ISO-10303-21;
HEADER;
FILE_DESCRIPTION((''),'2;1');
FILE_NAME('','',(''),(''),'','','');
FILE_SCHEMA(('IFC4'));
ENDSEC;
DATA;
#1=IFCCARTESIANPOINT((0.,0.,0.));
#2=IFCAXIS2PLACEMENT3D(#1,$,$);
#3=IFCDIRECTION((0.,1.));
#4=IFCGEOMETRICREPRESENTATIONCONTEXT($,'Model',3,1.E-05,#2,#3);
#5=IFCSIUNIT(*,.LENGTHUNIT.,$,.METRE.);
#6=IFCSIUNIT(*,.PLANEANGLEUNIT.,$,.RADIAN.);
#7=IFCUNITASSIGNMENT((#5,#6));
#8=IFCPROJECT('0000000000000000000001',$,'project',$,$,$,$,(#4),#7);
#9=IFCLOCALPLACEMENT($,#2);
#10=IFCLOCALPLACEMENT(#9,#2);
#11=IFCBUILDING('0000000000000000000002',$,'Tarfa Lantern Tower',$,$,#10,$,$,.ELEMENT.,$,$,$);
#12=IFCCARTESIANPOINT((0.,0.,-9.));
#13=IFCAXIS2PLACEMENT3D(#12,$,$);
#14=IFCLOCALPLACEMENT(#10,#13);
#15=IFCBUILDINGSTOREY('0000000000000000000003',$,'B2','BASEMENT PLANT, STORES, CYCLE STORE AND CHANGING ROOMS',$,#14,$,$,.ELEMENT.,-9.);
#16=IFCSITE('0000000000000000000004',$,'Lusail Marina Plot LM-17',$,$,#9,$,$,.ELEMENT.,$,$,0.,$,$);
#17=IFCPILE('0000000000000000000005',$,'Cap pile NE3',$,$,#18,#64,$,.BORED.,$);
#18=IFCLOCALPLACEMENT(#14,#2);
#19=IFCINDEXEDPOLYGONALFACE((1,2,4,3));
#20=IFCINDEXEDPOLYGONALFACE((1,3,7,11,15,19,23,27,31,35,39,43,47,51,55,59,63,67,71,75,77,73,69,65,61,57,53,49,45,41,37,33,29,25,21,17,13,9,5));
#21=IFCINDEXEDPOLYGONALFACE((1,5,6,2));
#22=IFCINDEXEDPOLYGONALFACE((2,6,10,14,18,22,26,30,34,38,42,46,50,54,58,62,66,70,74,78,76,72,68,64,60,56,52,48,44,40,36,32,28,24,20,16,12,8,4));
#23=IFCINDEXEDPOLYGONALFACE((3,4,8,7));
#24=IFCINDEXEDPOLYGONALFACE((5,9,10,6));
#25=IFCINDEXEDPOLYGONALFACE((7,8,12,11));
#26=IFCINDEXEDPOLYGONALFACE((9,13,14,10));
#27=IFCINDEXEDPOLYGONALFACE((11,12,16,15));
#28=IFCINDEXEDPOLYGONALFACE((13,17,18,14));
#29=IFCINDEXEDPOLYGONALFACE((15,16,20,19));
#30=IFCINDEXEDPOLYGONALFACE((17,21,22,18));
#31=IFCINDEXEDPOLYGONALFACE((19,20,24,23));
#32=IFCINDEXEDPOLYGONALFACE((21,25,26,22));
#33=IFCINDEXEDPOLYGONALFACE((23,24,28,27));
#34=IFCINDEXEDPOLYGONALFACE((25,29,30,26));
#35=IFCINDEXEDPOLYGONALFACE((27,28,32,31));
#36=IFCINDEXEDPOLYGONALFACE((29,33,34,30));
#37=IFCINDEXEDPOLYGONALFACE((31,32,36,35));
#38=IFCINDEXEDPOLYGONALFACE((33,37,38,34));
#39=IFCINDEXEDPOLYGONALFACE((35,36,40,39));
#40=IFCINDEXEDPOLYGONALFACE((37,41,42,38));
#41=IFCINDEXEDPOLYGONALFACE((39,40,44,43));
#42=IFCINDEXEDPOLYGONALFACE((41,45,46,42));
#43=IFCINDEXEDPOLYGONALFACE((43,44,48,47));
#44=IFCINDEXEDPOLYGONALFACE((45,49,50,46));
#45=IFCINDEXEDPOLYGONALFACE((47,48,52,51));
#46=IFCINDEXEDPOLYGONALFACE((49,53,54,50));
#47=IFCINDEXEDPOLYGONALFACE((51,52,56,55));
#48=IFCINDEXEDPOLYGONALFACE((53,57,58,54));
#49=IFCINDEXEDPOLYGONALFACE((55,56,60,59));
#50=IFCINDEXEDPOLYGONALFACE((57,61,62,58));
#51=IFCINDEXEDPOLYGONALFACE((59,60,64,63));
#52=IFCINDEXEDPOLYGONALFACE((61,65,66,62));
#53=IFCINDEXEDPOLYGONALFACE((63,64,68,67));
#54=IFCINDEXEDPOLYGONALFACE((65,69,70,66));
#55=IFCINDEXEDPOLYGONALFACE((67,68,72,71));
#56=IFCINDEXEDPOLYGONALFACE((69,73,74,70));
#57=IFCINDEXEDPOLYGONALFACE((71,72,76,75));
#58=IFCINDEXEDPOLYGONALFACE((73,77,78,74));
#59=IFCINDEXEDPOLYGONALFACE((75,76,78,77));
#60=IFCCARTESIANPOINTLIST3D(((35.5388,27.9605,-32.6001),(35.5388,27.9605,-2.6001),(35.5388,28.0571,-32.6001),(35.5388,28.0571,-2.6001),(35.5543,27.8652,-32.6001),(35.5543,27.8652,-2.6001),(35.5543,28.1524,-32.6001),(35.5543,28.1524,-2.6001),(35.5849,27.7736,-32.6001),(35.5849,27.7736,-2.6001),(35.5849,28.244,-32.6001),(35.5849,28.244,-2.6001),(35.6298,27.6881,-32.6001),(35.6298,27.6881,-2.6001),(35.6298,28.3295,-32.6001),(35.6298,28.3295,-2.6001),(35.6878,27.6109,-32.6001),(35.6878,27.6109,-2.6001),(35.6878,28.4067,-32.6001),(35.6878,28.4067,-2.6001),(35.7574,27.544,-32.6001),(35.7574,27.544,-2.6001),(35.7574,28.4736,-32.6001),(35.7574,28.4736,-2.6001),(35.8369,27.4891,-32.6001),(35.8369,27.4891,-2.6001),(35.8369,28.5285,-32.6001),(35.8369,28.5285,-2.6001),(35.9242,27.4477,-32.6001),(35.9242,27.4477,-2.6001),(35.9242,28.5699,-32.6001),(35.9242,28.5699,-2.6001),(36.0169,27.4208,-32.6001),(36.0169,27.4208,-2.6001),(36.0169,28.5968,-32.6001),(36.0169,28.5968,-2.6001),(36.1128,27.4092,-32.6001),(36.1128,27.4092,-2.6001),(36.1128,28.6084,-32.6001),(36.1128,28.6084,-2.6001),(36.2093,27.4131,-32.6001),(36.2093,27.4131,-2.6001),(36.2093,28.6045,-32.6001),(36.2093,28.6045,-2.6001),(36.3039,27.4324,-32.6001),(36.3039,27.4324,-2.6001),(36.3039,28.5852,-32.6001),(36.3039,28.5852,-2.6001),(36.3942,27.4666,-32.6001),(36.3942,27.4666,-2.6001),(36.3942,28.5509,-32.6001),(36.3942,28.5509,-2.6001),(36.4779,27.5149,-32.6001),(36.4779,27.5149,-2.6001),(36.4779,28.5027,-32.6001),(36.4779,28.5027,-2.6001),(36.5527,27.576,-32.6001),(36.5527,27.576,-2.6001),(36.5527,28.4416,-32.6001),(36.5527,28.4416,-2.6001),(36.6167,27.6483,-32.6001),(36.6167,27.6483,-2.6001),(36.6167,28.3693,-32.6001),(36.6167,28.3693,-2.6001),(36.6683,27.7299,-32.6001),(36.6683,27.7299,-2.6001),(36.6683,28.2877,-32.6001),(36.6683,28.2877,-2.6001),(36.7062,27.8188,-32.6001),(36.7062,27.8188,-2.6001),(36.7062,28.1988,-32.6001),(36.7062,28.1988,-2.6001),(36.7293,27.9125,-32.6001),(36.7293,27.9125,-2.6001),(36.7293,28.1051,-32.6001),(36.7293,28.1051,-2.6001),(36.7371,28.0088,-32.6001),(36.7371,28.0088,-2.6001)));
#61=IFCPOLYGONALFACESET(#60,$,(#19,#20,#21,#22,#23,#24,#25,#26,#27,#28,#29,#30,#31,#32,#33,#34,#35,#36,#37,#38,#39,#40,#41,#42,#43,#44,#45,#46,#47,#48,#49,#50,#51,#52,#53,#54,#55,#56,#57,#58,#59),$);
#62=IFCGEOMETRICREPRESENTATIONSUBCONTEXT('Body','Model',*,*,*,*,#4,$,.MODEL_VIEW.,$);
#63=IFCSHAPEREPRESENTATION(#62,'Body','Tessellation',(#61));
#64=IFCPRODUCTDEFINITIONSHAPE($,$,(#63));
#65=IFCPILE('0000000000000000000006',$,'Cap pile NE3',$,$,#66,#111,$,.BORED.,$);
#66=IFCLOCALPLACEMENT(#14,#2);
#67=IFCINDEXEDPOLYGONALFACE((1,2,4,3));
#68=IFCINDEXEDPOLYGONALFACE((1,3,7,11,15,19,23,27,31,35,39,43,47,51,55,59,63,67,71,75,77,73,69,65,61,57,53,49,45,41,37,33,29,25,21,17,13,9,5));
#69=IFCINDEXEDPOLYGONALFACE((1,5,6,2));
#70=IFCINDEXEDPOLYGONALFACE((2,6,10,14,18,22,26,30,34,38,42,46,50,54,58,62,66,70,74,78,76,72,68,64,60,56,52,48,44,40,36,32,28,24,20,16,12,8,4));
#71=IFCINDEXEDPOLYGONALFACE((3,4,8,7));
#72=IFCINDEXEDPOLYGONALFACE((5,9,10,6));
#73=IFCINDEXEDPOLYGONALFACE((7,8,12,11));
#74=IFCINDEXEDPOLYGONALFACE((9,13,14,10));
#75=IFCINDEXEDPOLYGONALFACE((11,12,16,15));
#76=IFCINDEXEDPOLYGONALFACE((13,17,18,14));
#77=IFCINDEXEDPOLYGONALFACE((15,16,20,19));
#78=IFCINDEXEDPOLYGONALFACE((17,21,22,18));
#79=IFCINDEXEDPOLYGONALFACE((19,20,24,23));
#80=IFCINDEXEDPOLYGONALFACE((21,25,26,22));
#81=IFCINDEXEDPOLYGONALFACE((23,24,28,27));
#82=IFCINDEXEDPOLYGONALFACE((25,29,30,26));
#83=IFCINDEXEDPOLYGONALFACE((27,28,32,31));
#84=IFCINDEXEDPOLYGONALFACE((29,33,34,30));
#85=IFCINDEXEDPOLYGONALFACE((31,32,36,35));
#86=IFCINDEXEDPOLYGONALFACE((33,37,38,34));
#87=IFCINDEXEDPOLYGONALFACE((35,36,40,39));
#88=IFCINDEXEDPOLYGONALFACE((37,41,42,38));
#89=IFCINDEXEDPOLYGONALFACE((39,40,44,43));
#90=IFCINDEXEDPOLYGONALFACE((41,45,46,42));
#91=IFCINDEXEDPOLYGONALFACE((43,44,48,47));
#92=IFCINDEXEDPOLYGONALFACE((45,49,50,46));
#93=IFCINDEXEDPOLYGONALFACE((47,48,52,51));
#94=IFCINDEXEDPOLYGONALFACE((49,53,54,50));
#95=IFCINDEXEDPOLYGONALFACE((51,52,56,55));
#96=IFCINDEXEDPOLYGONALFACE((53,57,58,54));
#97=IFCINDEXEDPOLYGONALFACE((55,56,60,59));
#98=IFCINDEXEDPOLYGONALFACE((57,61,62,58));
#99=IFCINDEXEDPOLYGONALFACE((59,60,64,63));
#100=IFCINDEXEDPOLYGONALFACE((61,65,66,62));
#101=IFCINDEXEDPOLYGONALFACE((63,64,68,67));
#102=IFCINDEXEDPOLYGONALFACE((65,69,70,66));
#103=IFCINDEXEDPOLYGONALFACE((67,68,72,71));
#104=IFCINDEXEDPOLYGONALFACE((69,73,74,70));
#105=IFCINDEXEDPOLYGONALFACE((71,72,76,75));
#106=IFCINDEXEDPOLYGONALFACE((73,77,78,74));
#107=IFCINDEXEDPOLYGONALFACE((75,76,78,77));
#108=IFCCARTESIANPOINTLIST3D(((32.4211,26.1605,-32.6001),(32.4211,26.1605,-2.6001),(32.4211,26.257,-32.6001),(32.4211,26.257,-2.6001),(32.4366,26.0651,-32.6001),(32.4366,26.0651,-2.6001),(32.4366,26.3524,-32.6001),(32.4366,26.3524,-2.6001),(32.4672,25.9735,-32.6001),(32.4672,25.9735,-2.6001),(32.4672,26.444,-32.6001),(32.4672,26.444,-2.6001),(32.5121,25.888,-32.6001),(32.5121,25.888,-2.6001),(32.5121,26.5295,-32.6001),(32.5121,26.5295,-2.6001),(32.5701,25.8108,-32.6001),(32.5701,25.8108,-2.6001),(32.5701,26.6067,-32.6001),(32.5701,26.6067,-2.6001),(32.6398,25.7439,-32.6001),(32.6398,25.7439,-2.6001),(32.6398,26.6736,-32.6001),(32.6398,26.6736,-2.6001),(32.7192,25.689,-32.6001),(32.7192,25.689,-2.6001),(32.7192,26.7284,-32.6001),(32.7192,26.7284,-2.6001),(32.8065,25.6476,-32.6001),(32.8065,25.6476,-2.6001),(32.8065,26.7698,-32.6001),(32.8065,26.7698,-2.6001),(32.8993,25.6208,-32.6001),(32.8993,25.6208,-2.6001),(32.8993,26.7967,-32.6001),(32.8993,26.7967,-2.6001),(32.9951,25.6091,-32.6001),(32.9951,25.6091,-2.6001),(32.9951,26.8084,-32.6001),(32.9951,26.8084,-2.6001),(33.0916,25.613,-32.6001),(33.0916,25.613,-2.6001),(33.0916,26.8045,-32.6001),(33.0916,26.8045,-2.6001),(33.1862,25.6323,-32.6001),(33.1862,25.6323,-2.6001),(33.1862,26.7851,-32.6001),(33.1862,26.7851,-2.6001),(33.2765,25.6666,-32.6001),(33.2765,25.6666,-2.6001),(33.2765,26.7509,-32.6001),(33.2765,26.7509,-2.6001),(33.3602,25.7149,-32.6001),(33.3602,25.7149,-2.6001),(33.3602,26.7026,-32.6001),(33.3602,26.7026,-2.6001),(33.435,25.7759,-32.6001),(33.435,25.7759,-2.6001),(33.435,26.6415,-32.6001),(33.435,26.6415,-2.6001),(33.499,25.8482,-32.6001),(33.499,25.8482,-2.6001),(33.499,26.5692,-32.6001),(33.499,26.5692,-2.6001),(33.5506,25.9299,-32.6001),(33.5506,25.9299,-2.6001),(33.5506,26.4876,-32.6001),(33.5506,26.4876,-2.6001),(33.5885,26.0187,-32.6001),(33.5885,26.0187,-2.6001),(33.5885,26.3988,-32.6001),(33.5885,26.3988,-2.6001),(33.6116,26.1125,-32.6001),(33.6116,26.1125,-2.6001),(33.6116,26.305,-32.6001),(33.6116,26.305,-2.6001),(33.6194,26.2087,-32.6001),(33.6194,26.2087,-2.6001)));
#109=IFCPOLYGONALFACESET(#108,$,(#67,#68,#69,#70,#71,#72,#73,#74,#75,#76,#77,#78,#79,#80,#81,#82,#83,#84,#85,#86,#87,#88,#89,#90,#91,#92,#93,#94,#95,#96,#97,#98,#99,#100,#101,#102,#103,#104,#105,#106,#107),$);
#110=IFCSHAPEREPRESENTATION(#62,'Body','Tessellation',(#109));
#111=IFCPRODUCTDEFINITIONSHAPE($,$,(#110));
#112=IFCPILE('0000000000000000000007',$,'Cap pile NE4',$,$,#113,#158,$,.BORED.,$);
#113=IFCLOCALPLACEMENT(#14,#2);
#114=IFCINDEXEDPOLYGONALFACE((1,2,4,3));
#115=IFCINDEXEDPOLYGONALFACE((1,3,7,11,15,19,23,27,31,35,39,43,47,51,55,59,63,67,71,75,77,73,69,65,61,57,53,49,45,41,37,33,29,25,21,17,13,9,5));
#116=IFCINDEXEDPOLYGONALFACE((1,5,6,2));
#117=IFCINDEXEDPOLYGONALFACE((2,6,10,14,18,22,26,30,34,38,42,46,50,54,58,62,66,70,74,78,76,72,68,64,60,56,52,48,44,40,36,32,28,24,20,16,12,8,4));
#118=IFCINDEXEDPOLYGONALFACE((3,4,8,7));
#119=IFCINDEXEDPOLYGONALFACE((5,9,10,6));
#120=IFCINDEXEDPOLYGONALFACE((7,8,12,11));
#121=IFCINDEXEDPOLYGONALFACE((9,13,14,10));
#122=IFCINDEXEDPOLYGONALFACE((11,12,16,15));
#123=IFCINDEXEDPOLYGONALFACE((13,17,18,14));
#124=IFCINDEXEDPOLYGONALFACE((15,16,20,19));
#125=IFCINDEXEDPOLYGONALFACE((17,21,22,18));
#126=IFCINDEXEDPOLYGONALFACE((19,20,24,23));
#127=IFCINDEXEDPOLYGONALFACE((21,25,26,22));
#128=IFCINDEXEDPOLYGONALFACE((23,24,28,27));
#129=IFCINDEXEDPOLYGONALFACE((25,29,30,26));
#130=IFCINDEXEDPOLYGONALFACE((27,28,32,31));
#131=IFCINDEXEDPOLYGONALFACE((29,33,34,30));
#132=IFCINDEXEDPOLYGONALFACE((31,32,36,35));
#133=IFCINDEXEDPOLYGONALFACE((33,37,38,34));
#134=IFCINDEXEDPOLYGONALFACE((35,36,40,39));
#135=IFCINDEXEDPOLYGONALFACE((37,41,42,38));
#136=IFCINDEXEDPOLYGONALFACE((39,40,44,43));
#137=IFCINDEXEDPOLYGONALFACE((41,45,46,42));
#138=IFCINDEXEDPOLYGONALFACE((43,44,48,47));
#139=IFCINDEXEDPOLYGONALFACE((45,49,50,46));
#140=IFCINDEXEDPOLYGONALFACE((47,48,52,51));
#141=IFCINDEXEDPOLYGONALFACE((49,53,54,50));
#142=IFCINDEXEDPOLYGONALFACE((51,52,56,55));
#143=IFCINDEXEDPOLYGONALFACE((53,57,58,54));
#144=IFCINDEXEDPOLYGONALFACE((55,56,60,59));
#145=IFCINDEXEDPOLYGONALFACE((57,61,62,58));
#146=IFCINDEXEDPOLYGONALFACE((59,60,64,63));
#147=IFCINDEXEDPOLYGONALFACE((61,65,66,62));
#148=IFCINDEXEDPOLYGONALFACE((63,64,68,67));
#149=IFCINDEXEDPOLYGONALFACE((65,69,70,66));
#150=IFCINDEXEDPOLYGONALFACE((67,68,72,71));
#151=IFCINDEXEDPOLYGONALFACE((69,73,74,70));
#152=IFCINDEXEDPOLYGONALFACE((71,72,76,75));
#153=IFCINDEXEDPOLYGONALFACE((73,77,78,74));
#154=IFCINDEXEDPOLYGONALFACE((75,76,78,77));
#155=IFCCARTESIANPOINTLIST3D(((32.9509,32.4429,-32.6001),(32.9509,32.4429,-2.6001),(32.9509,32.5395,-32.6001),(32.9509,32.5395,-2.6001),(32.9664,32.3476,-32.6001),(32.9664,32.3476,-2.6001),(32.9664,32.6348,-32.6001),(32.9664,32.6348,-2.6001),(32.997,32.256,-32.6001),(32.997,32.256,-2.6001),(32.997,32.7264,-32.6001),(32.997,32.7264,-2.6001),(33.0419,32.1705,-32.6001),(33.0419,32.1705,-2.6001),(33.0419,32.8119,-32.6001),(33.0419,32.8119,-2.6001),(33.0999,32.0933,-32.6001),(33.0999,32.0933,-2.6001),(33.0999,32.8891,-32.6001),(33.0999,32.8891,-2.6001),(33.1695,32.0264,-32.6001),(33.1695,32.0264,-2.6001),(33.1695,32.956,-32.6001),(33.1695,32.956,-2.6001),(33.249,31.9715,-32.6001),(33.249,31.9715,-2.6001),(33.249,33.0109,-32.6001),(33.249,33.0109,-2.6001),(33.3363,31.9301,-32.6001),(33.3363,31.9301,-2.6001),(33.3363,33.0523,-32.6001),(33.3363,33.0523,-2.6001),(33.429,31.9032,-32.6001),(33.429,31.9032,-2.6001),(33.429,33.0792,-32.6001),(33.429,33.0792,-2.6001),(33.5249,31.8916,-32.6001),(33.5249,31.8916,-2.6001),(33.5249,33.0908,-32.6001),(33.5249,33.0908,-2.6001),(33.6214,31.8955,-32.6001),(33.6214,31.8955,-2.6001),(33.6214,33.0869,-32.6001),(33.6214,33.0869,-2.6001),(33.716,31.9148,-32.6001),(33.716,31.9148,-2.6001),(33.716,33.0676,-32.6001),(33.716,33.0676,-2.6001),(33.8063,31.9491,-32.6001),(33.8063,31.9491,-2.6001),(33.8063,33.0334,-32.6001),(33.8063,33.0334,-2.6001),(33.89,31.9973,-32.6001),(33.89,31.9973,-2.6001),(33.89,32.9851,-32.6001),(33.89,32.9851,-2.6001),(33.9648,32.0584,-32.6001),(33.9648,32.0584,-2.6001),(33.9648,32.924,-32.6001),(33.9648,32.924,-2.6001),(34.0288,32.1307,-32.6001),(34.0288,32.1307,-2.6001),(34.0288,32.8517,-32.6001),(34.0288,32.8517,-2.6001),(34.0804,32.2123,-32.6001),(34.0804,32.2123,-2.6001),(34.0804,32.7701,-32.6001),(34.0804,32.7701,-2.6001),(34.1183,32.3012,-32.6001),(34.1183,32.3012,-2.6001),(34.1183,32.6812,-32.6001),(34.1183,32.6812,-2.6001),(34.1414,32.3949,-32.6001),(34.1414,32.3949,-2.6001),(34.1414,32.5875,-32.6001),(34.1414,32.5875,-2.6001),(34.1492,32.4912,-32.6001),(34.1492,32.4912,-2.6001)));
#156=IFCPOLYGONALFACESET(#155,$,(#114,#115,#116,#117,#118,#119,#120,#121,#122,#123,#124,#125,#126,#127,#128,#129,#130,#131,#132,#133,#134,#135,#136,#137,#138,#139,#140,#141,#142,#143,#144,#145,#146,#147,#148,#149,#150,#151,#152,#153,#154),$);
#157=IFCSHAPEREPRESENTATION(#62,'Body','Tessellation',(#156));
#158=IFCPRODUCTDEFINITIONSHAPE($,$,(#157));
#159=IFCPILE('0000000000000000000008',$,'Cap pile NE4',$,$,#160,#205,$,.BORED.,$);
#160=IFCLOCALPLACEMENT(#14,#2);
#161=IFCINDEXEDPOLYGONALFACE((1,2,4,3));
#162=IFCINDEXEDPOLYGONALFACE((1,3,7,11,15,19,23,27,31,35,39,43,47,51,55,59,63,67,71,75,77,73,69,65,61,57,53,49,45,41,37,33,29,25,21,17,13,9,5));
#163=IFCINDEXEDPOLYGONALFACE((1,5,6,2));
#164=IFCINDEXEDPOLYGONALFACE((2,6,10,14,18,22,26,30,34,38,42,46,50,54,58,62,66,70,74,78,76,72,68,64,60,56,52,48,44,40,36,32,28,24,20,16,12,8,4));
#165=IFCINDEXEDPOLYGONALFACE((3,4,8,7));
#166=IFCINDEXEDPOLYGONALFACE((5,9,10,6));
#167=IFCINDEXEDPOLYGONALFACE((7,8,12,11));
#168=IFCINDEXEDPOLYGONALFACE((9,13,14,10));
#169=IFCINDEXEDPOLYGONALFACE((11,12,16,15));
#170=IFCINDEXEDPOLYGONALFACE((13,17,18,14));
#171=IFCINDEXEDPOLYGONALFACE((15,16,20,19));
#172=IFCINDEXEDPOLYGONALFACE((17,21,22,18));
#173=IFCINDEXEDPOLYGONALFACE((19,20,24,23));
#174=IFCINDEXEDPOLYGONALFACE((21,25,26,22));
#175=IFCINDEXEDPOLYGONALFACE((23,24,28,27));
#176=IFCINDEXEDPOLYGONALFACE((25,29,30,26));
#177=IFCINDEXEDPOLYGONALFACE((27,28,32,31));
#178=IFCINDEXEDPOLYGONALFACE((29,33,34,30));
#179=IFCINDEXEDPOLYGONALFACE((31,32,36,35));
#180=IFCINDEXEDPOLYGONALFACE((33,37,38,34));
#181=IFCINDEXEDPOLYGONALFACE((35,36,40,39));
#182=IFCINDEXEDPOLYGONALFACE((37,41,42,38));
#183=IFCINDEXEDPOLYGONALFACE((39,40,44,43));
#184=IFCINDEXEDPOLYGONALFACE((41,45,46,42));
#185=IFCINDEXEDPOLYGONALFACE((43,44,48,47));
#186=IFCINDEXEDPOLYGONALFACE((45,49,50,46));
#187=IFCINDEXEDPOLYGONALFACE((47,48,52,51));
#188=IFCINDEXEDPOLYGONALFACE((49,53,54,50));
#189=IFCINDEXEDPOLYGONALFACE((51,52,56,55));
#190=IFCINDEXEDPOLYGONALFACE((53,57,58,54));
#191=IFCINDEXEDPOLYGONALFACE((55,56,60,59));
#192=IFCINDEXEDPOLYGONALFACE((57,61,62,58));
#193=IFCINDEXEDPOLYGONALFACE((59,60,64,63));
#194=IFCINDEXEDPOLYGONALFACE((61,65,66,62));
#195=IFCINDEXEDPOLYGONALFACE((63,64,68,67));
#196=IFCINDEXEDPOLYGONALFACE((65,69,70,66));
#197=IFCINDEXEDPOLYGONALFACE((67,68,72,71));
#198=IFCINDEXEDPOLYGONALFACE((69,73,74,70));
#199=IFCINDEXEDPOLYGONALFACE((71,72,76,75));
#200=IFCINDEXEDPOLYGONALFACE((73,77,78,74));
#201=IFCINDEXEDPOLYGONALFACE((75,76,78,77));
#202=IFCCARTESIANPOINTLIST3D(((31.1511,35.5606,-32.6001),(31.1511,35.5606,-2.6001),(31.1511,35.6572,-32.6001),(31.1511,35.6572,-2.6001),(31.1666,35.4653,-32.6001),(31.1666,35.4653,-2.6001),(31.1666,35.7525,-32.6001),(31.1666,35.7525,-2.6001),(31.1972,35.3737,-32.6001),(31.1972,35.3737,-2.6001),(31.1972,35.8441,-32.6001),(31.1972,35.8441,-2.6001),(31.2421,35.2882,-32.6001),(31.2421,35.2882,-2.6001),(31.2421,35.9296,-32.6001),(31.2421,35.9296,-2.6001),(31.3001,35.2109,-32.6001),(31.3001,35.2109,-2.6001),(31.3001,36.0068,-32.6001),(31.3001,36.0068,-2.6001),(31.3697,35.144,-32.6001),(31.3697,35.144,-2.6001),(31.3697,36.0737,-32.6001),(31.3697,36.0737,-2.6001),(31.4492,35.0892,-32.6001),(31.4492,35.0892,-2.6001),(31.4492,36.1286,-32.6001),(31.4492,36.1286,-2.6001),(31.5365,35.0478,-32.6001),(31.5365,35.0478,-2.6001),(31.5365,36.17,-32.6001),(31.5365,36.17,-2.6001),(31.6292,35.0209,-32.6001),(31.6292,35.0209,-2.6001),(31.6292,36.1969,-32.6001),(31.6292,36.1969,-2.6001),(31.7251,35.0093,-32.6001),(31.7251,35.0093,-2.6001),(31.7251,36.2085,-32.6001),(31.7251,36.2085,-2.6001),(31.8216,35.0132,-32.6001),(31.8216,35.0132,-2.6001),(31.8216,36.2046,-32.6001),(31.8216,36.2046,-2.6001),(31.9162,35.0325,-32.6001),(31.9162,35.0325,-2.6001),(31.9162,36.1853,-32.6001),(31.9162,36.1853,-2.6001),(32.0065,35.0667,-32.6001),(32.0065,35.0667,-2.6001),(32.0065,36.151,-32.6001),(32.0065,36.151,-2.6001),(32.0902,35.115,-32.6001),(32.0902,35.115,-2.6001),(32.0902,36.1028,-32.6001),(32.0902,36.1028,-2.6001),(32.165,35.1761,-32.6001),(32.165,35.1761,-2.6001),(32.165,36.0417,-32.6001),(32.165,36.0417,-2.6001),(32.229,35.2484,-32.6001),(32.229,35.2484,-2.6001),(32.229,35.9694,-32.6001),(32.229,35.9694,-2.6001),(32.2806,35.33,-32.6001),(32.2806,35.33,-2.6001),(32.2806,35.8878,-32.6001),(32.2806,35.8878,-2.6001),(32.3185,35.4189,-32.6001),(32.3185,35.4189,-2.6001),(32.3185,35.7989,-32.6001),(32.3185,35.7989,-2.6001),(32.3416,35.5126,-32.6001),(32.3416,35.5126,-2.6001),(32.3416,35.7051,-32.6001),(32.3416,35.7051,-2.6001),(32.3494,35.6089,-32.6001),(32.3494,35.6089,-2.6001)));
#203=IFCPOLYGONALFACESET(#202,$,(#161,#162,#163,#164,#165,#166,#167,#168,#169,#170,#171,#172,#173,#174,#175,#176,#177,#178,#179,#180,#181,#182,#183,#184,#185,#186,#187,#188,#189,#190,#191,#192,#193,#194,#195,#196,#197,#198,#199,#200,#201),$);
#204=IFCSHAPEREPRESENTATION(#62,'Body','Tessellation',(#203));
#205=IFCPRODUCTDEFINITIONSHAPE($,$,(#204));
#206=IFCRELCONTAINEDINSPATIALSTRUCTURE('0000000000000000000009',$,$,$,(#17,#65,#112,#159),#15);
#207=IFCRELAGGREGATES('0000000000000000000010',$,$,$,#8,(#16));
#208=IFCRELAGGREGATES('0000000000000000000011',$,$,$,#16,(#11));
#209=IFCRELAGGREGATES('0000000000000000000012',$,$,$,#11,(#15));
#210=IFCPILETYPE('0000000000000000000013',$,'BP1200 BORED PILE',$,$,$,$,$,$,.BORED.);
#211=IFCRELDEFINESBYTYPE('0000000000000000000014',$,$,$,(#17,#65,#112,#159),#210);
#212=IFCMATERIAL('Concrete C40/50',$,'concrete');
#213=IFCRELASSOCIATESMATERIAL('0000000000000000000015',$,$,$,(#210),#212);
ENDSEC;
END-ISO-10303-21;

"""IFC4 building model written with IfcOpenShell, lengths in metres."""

from ifc_helpers import new_model, si_unit, direction, frame, origin, origin_2d, place, context, subcontext, project, spatial, circle, extrude, material, material_profile, profile_set, type_object, element, save


model = new_model("IFC4")

# Units and contexts
model_context = context("Model", 3, precision=1e-05, world=origin(), true_north=direction((0.0, 1.0)))
body_context = subcontext(model_context, "Body", "Model", "MODEL_VIEW")
ifc_project = project(units=[si_unit("LENGTHUNIT", "METRE"), si_unit("PLANEANGLEUNIT", "RADIAN")], contexts=[model_context])

# Site, building, storey
site_placement = place(None, origin())
site = spatial("IfcSite", under=ifc_project, at=site_placement, Name="Lusail Marina Plot LM-17", CompositionType="ELEMENT", RefElevation=0.0)
building_placement = place(site_placement, origin())
building = spatial("IfcBuilding", under=site, at=building_placement, Name="Tarfa Lantern Tower", CompositionType="ELEMENT")
storey_placement = place(building_placement, frame((0.0, 0.0, -9.0)))
storey = spatial("IfcBuildingStorey", under=building, at=storey_placement, Name="B2", Description="BASEMENT PLANT, STORES, CYCLE STORE AND CHANGING ROOMS", CompositionType="ELEMENT", Elevation=-9.0)

# Piles
ifc_material_1 = material(Name="Concrete C40/50", Category="concrete")
ifc_material_profile_1 = material_profile(ifc_material_1, circle(Radius=0.6001, at=origin_2d()), Name="BORED PILE D1200")
ifc_profile_set_1 = profile_set([ifc_material_profile_1], Name="Concrete C40/50")
pile_type_1 = type_object("IfcPileType", Name="BP1200 BORED PILE", PredefinedType="BORED", material=ifc_profile_set_1)
for number, where, z_axis, x_axis, name in (
    (1, (36.137, 28.0088, -2.6001), (0.0, 0.0, -1.0), (1.0, 0.0, 0.0), "Cap pile NE3"),
    (2, (33.0193, 26.2087, -2.6001), (0.0, 0.0, -1.0), (1.0, 0.0, 0.0), "Cap pile NE3"),
    (3, (33.5491, 32.4912, -2.6001), (0.0, 0.0, -1.0), (1.0, 0.0, 0.0), "Cap pile NE4"),
    (4, (31.7493, 35.6089, -2.6001), (0.0, 0.0, -1.0), (1.0, 0.0, 0.0), "Cap pile NE4"),
):
    element("IfcPile", number, at=place(storey_placement, frame(where, z_axis=z_axis, x_axis=x_axis)), inside=storey, type_object=pile_type_1, Name=name, PredefinedType="BORED", context=body_context, shape_type="SweptSolid", body=[
        extrude(circle(Radius=0.6001, at=origin_2d()), origin(), (0.0, 0.0, 1.0), 30.0),
    ])

save(model, "model.ifc")
